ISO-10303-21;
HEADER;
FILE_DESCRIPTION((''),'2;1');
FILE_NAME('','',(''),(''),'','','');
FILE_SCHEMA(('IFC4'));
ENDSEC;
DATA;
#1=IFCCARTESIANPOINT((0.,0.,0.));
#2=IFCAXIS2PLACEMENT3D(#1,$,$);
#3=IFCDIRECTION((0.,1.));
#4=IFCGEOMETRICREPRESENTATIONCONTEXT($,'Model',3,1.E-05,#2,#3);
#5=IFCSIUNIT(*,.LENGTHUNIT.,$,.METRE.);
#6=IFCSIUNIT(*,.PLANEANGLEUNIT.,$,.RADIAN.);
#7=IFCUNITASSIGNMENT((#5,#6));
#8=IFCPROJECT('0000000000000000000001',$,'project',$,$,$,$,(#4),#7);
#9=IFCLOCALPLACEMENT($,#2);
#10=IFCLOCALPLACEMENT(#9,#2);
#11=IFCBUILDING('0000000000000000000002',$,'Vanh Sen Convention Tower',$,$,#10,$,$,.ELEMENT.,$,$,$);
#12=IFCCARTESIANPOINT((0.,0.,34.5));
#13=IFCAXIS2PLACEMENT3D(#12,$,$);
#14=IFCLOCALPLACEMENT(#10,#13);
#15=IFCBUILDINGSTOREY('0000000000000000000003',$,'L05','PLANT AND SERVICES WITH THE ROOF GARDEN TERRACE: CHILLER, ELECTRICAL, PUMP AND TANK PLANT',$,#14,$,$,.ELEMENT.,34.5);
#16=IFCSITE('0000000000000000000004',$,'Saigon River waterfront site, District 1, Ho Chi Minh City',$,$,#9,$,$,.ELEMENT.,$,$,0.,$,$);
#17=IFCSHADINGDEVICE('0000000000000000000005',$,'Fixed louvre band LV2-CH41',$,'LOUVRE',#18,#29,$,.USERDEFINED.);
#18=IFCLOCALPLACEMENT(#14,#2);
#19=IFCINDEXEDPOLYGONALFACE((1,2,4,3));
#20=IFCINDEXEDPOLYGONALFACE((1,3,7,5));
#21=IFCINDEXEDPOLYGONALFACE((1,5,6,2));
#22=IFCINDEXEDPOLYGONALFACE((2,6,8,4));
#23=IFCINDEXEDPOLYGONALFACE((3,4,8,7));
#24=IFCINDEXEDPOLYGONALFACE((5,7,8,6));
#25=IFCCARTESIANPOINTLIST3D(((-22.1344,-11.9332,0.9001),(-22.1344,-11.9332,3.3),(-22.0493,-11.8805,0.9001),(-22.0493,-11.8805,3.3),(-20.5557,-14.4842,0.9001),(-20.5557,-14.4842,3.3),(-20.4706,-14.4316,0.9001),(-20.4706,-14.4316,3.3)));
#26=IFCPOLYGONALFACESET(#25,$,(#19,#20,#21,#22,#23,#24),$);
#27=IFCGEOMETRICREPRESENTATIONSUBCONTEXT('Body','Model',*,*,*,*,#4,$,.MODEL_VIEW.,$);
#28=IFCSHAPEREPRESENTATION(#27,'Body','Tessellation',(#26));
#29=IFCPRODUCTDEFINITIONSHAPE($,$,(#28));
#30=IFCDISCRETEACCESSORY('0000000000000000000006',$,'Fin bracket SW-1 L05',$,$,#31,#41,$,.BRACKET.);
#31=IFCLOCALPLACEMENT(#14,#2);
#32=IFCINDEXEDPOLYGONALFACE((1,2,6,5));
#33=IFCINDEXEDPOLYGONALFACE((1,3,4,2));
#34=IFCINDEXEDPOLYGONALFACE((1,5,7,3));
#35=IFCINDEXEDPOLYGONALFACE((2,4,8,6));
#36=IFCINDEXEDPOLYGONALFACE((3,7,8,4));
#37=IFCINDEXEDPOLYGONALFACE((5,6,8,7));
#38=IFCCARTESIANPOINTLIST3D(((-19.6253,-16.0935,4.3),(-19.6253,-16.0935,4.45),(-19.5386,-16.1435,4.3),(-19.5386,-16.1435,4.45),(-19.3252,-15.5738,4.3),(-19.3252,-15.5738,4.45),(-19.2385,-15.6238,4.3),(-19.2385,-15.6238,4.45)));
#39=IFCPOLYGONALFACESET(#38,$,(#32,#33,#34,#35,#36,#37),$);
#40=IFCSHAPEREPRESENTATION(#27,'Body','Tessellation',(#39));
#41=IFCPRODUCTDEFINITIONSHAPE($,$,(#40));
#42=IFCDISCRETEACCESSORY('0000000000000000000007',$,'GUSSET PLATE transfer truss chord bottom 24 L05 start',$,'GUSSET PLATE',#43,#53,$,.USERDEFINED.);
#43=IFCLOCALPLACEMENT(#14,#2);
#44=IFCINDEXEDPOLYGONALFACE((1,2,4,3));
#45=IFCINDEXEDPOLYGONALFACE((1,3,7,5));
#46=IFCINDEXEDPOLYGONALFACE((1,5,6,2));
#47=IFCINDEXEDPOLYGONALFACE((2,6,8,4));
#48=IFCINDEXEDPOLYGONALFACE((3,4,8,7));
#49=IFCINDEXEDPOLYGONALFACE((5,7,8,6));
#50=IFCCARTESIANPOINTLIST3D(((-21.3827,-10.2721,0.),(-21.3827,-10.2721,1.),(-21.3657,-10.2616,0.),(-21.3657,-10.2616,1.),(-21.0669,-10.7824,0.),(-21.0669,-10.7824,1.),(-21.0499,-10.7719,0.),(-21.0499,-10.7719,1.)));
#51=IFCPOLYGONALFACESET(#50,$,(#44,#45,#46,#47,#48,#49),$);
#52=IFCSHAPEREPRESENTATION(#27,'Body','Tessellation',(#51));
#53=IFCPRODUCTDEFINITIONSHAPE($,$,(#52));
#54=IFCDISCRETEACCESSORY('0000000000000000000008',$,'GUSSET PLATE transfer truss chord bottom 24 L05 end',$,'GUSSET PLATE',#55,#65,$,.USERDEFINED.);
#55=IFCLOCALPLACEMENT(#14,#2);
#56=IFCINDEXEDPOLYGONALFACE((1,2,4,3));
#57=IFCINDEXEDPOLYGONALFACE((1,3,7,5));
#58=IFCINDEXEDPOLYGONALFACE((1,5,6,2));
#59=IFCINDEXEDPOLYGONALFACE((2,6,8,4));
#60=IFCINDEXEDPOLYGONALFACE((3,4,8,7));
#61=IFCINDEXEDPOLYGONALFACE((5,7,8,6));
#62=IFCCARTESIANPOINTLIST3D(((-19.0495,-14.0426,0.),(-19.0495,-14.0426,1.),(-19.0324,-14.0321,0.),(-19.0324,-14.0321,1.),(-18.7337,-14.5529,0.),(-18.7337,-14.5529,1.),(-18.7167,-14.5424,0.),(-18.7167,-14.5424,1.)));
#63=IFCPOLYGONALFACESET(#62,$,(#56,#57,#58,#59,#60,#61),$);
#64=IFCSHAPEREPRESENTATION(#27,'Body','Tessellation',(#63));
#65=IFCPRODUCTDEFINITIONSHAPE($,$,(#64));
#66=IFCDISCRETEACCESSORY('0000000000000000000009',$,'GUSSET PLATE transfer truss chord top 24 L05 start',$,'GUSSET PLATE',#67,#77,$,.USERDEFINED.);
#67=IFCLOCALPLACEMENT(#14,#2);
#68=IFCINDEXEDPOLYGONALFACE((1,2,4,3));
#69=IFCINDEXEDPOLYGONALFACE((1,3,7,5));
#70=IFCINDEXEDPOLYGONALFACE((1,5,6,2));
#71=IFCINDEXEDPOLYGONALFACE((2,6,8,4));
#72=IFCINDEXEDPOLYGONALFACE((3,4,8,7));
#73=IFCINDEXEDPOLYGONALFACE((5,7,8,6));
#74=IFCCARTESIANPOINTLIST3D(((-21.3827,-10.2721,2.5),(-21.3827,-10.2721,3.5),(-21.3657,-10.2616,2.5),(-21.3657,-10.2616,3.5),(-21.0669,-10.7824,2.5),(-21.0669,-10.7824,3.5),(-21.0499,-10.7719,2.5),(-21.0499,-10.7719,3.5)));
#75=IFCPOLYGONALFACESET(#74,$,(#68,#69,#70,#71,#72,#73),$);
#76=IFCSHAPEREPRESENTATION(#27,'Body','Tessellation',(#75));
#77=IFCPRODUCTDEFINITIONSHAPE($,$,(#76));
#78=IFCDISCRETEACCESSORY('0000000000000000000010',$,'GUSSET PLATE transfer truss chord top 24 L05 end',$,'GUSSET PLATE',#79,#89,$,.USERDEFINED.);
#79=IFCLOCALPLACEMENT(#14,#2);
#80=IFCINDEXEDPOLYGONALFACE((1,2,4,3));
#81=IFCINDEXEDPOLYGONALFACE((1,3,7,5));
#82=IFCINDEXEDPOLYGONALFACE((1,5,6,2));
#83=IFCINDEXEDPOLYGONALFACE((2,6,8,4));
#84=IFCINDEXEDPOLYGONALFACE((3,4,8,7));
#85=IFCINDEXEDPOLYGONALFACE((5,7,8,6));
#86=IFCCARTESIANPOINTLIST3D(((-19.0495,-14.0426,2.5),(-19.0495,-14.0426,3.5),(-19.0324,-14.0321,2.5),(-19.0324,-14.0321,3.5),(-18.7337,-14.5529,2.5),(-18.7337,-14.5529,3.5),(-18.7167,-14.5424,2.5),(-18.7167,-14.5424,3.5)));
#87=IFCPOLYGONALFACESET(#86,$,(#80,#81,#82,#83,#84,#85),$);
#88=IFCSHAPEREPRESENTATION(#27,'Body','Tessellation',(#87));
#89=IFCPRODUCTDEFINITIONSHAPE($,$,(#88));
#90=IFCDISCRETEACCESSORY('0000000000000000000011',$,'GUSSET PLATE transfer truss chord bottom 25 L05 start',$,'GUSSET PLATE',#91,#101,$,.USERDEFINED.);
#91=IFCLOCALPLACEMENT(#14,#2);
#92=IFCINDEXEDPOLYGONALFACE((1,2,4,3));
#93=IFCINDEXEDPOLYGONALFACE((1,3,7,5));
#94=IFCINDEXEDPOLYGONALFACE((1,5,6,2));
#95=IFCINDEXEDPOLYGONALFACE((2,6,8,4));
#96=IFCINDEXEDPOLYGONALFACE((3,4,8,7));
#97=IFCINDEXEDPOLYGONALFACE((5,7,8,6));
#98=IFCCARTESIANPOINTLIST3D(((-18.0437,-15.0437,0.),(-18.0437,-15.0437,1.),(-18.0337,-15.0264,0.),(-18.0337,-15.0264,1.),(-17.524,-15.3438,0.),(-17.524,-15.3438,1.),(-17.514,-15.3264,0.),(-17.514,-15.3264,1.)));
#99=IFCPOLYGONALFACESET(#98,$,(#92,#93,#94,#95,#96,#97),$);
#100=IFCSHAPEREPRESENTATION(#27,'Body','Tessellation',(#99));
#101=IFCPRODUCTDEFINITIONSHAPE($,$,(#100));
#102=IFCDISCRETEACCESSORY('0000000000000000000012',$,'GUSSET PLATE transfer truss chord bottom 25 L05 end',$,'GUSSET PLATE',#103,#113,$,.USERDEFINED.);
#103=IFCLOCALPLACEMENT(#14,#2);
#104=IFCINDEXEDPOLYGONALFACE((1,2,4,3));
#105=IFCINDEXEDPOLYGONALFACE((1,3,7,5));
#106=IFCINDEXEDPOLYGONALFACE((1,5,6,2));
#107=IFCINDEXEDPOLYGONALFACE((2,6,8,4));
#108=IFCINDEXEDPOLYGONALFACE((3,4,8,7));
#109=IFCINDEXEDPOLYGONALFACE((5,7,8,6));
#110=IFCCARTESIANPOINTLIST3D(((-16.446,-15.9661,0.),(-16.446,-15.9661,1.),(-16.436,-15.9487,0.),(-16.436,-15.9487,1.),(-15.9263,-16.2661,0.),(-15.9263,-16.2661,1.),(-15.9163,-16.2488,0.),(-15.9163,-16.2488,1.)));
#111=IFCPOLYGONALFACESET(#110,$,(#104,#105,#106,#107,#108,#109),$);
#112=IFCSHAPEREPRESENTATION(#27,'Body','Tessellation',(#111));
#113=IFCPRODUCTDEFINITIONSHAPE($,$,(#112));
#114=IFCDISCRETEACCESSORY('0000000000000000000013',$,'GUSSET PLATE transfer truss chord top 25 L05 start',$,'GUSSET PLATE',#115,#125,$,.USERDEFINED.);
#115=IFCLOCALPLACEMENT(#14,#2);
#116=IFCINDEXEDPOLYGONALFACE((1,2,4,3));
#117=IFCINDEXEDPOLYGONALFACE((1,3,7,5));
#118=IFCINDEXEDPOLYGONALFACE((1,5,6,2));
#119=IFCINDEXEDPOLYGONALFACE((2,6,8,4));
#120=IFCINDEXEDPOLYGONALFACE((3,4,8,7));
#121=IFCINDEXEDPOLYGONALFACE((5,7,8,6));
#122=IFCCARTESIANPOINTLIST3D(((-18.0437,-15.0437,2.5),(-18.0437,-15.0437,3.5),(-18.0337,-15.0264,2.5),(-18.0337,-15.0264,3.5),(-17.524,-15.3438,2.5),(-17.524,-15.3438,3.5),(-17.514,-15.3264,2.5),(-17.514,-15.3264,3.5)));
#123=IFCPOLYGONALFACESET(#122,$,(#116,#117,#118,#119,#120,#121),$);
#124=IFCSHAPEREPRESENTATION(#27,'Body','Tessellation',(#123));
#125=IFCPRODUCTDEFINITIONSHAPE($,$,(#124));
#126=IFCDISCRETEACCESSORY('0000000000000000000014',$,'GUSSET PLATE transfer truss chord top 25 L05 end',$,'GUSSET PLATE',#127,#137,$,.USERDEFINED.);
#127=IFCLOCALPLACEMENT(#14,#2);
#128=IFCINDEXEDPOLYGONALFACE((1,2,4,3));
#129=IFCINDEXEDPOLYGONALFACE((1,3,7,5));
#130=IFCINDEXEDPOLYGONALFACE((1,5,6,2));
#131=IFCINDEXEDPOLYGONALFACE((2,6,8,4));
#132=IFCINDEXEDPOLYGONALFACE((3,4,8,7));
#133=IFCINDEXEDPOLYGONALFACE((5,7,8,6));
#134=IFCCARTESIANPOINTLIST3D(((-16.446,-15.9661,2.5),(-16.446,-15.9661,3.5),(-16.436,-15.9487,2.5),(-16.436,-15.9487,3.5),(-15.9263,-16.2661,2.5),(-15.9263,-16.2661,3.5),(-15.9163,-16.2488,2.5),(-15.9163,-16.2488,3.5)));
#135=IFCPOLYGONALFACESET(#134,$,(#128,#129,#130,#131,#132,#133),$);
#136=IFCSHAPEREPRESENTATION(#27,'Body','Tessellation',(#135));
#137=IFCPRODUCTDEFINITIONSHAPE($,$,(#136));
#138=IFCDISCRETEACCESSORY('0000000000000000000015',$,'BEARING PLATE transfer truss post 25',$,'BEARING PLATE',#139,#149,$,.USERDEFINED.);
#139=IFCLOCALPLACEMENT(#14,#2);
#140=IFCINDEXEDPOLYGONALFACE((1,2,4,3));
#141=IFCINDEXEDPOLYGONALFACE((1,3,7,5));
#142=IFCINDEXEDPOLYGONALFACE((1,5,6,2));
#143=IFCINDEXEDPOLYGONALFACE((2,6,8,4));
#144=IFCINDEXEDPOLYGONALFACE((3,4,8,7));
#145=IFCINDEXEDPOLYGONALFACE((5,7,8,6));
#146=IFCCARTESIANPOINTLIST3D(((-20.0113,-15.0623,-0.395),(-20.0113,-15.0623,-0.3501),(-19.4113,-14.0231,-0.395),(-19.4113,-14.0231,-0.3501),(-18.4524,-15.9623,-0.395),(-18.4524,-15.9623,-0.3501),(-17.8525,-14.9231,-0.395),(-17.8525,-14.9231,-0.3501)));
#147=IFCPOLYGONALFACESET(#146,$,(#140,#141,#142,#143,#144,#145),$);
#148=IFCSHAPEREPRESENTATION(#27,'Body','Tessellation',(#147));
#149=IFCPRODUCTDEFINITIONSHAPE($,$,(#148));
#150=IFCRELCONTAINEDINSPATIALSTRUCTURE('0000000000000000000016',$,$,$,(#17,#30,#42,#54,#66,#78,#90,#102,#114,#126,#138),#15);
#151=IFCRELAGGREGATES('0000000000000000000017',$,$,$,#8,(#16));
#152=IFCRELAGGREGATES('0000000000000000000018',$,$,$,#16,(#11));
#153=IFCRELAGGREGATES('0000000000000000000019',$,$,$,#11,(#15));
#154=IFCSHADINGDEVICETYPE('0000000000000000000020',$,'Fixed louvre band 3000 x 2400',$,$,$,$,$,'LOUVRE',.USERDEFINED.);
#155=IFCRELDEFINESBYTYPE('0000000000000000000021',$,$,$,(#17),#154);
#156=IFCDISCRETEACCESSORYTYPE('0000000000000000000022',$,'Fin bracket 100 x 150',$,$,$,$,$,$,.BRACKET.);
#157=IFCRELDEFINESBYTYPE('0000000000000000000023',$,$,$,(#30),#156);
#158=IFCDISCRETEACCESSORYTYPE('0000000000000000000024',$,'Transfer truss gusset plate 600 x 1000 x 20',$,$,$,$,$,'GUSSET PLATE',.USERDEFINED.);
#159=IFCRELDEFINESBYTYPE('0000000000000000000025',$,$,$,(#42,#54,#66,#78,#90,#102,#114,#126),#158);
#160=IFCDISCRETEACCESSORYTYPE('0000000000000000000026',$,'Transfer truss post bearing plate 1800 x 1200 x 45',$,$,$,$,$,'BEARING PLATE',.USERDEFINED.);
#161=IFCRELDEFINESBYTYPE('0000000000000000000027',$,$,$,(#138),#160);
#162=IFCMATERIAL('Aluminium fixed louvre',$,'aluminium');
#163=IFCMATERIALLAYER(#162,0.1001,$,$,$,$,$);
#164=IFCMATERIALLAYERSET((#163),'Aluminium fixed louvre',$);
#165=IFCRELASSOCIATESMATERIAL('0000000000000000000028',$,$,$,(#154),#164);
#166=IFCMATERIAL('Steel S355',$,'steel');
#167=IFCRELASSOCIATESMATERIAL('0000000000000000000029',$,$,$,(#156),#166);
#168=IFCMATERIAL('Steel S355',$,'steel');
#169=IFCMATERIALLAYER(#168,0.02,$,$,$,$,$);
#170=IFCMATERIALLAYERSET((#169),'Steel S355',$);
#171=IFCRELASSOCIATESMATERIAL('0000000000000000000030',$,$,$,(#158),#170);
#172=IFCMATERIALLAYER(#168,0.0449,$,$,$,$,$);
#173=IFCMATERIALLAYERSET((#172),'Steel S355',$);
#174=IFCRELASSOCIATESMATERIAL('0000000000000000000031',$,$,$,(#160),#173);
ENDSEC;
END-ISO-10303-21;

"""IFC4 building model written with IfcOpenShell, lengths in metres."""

from ifc_helpers import new_model, si_unit, direction, frame, origin, origin_2d, place, context, subcontext, project, spatial, rectangle, extrude, material, layer, layer_set, type_object, element, save


model = new_model("IFC4")

# Units and contexts
model_context = context("Model", 3, precision=1e-05, world=origin(), true_north=direction((0.0, 1.0)))
body_context = subcontext(model_context, "Body", "Model", "MODEL_VIEW")
ifc_project = project(units=[si_unit("LENGTHUNIT", "METRE"), si_unit("PLANEANGLEUNIT", "RADIAN")], contexts=[model_context])

# Site, building, storey
site_placement = place(None, origin())
site = spatial("IfcSite", under=ifc_project, at=site_placement, Name="Saigon River waterfront site, District 1, Ho Chi Minh City", CompositionType="ELEMENT", RefElevation=0.0)
building_placement = place(site_placement, origin())
building = spatial("IfcBuilding", under=site, at=building_placement, Name="Vanh Sen Convention Tower", CompositionType="ELEMENT")
storey_placement = place(building_placement, frame((0.0, 0.0, 34.5)))
storey = spatial("IfcBuildingStorey", under=building, at=storey_placement, Name="L05", Description="PLANT AND SERVICES WITH THE ROOF GARDEN TERRACE: CHILLER, ELECTRICAL, PUMP AND TANK PLANT", CompositionType="ELEMENT", Elevation=34.5)

# Shared definitions
ifc_material_1 = material(Name="Steel S355", Category="steel")

# Shading device
ifc_material_2 = material(Name="Aluminium fixed louvre", Category="aluminium")
ifc_layer_1 = layer(ifc_material_2, 0.1001)
ifc_layer_set_1 = layer_set([ifc_layer_1], Name="Aluminium fixed louvre")
shading_device_type = type_object("IfcShadingDeviceType", Name="Fixed louvre band 3000 x 2400", ElementType="LOUVRE", PredefinedType="USERDEFINED", material=ifc_layer_set_1)
shading_device_placement = place(storey_placement, frame((-21.3025, -13.1824, 0.9001), z_axis=(0.0, 0.0, 1.0), x_axis=(0.526215, -0.850351, 0.0)))
element("IfcShadingDevice", 1, at=shading_device_placement, inside=storey, type_object=shading_device_type, Name="Fixed louvre band LV2-CH41", ObjectType="LOUVRE", PredefinedType="USERDEFINED", context=body_context, shape_type="SweptSolid", body=[
    extrude(rectangle(XDim=3.0, YDim=0.1001, at=origin_2d()), origin(), (0.0, 0.0, 1.0), 2.3999),
])

# Discrete accessories
ifc_material_3 = material(Name="Steel S355", Category="steel")
discrete_accessory_type_1 = type_object("IfcDiscreteAccessoryType", Name="Fin bracket 100 x 150", PredefinedType="BRACKET", material=ifc_material_3)
discrete_accessory_1_placement = place(storey_placement, frame((-19.4319, -15.8586, 4.3), z_axis=(0.0, 0.0, 1.0), x_axis=(-0.5, -0.866025, 0.0)))
element("IfcDiscreteAccessory", 2, at=discrete_accessory_1_placement, inside=storey, type_object=discrete_accessory_type_1, Name="Fin bracket SW-1 L05", PredefinedType="BRACKET", context=body_context, shape_type="SweptSolid", body=[
    extrude(rectangle(XDim=0.6001, YDim=0.1001, at=origin_2d()), origin(), (0.0, 0.0, 1.0), 0.1499),
])
ifc_layer_2 = layer(ifc_material_1, 0.02)
ifc_layer_set_2 = layer_set([ifc_layer_2], Name="Steel S355")
discrete_accessory_type_2 = type_object("IfcDiscreteAccessoryType", Name="Transfer truss gusset plate 600 x 1000 x 20", ElementType="GUSSET PLATE", PredefinedType="USERDEFINED", material=ifc_layer_set_2)
for number, where, z_axis, x_axis, name in (
    (3, (-21.2163, -10.522, 0.0), (0.0, 0.0, 1.0), (0.526202, -0.85036, 0.0), "GUSSET PLATE transfer truss chord bottom 24 L05 start"),
    (4, (-18.8831, -14.2925, 0.0), (0.0, 0.0, 1.0), (-0.526202, 0.85036, 0.0), "GUSSET PLATE transfer truss chord bottom 24 L05 end"),
    (5, (-21.2163, -10.522, 2.5), (0.0, 0.0, 1.0), (0.526202, -0.85036, 0.0), "GUSSET PLATE transfer truss chord top 24 L05 start"),
    (6, (-18.8831, -14.2925, 2.5), (0.0, 0.0, 1.0), (-0.526202, 0.85036, 0.0), "GUSSET PLATE transfer truss chord top 24 L05 end"),
    (7, (-17.7788, -15.1851, 0.0), (0.0, 0.0, 1.0), (0.866028, -0.499995, 0.0), "GUSSET PLATE transfer truss chord bottom 25 L05 start"),
    (8, (-16.1812, -16.1074, 0.0), (0.0, 0.0, 1.0), (-0.866028, 0.499995, 0.0), "GUSSET PLATE transfer truss chord bottom 25 L05 end"),
    (9, (-17.7788, -15.1851, 2.5), (0.0, 0.0, 1.0), (0.866028, -0.499995, 0.0), "GUSSET PLATE transfer truss chord top 25 L05 start"),
    (10, (-16.1812, -16.1074, 2.5), (0.0, 0.0, 1.0), (-0.866028, 0.499995, 0.0), "GUSSET PLATE transfer truss chord top 25 L05 end"),
):
    element("IfcDiscreteAccessory", number, at=place(storey_placement, frame(where, z_axis=z_axis, x_axis=x_axis)), inside=storey, type_object=discrete_accessory_type_2, Name=name, ObjectType="GUSSET PLATE", PredefinedType="USERDEFINED", context=body_context, shape_type="SweptSolid", body=[
        extrude(rectangle(XDim=0.6001, YDim=0.02, at=origin_2d()), origin(), (0.0, 0.0, 1.0), 1.0),
    ])
ifc_layer_3 = layer(ifc_material_1, 0.0449)
ifc_layer_set_3 = layer_set([ifc_layer_3], Name="Steel S355")
discrete_accessory_type_3 = type_object("IfcDiscreteAccessoryType", Name="Transfer truss post bearing plate 1800 x 1200 x 45", ElementType="BEARING PLATE", PredefinedType="USERDEFINED", material=ifc_layer_set_3)
discrete_accessory_2_placement = place(storey_placement, frame((-18.9319, -14.9927, -0.395), z_axis=(0.0, 0.0, 1.0), x_axis=(0.866025, -0.5, 0.0)))
element("IfcDiscreteAccessory", 11, at=discrete_accessory_2_placement, inside=storey, type_object=discrete_accessory_type_3, Name="BEARING PLATE transfer truss post 25", ObjectType="BEARING PLATE", PredefinedType="USERDEFINED", context=body_context, shape_type="SweptSolid", body=[
    extrude(rectangle(XDim=1.8, YDim=1.2, at=origin_2d()), origin(), (0.0, 0.0, 1.0), 0.0449),
])

save(model, "model.ifc")
